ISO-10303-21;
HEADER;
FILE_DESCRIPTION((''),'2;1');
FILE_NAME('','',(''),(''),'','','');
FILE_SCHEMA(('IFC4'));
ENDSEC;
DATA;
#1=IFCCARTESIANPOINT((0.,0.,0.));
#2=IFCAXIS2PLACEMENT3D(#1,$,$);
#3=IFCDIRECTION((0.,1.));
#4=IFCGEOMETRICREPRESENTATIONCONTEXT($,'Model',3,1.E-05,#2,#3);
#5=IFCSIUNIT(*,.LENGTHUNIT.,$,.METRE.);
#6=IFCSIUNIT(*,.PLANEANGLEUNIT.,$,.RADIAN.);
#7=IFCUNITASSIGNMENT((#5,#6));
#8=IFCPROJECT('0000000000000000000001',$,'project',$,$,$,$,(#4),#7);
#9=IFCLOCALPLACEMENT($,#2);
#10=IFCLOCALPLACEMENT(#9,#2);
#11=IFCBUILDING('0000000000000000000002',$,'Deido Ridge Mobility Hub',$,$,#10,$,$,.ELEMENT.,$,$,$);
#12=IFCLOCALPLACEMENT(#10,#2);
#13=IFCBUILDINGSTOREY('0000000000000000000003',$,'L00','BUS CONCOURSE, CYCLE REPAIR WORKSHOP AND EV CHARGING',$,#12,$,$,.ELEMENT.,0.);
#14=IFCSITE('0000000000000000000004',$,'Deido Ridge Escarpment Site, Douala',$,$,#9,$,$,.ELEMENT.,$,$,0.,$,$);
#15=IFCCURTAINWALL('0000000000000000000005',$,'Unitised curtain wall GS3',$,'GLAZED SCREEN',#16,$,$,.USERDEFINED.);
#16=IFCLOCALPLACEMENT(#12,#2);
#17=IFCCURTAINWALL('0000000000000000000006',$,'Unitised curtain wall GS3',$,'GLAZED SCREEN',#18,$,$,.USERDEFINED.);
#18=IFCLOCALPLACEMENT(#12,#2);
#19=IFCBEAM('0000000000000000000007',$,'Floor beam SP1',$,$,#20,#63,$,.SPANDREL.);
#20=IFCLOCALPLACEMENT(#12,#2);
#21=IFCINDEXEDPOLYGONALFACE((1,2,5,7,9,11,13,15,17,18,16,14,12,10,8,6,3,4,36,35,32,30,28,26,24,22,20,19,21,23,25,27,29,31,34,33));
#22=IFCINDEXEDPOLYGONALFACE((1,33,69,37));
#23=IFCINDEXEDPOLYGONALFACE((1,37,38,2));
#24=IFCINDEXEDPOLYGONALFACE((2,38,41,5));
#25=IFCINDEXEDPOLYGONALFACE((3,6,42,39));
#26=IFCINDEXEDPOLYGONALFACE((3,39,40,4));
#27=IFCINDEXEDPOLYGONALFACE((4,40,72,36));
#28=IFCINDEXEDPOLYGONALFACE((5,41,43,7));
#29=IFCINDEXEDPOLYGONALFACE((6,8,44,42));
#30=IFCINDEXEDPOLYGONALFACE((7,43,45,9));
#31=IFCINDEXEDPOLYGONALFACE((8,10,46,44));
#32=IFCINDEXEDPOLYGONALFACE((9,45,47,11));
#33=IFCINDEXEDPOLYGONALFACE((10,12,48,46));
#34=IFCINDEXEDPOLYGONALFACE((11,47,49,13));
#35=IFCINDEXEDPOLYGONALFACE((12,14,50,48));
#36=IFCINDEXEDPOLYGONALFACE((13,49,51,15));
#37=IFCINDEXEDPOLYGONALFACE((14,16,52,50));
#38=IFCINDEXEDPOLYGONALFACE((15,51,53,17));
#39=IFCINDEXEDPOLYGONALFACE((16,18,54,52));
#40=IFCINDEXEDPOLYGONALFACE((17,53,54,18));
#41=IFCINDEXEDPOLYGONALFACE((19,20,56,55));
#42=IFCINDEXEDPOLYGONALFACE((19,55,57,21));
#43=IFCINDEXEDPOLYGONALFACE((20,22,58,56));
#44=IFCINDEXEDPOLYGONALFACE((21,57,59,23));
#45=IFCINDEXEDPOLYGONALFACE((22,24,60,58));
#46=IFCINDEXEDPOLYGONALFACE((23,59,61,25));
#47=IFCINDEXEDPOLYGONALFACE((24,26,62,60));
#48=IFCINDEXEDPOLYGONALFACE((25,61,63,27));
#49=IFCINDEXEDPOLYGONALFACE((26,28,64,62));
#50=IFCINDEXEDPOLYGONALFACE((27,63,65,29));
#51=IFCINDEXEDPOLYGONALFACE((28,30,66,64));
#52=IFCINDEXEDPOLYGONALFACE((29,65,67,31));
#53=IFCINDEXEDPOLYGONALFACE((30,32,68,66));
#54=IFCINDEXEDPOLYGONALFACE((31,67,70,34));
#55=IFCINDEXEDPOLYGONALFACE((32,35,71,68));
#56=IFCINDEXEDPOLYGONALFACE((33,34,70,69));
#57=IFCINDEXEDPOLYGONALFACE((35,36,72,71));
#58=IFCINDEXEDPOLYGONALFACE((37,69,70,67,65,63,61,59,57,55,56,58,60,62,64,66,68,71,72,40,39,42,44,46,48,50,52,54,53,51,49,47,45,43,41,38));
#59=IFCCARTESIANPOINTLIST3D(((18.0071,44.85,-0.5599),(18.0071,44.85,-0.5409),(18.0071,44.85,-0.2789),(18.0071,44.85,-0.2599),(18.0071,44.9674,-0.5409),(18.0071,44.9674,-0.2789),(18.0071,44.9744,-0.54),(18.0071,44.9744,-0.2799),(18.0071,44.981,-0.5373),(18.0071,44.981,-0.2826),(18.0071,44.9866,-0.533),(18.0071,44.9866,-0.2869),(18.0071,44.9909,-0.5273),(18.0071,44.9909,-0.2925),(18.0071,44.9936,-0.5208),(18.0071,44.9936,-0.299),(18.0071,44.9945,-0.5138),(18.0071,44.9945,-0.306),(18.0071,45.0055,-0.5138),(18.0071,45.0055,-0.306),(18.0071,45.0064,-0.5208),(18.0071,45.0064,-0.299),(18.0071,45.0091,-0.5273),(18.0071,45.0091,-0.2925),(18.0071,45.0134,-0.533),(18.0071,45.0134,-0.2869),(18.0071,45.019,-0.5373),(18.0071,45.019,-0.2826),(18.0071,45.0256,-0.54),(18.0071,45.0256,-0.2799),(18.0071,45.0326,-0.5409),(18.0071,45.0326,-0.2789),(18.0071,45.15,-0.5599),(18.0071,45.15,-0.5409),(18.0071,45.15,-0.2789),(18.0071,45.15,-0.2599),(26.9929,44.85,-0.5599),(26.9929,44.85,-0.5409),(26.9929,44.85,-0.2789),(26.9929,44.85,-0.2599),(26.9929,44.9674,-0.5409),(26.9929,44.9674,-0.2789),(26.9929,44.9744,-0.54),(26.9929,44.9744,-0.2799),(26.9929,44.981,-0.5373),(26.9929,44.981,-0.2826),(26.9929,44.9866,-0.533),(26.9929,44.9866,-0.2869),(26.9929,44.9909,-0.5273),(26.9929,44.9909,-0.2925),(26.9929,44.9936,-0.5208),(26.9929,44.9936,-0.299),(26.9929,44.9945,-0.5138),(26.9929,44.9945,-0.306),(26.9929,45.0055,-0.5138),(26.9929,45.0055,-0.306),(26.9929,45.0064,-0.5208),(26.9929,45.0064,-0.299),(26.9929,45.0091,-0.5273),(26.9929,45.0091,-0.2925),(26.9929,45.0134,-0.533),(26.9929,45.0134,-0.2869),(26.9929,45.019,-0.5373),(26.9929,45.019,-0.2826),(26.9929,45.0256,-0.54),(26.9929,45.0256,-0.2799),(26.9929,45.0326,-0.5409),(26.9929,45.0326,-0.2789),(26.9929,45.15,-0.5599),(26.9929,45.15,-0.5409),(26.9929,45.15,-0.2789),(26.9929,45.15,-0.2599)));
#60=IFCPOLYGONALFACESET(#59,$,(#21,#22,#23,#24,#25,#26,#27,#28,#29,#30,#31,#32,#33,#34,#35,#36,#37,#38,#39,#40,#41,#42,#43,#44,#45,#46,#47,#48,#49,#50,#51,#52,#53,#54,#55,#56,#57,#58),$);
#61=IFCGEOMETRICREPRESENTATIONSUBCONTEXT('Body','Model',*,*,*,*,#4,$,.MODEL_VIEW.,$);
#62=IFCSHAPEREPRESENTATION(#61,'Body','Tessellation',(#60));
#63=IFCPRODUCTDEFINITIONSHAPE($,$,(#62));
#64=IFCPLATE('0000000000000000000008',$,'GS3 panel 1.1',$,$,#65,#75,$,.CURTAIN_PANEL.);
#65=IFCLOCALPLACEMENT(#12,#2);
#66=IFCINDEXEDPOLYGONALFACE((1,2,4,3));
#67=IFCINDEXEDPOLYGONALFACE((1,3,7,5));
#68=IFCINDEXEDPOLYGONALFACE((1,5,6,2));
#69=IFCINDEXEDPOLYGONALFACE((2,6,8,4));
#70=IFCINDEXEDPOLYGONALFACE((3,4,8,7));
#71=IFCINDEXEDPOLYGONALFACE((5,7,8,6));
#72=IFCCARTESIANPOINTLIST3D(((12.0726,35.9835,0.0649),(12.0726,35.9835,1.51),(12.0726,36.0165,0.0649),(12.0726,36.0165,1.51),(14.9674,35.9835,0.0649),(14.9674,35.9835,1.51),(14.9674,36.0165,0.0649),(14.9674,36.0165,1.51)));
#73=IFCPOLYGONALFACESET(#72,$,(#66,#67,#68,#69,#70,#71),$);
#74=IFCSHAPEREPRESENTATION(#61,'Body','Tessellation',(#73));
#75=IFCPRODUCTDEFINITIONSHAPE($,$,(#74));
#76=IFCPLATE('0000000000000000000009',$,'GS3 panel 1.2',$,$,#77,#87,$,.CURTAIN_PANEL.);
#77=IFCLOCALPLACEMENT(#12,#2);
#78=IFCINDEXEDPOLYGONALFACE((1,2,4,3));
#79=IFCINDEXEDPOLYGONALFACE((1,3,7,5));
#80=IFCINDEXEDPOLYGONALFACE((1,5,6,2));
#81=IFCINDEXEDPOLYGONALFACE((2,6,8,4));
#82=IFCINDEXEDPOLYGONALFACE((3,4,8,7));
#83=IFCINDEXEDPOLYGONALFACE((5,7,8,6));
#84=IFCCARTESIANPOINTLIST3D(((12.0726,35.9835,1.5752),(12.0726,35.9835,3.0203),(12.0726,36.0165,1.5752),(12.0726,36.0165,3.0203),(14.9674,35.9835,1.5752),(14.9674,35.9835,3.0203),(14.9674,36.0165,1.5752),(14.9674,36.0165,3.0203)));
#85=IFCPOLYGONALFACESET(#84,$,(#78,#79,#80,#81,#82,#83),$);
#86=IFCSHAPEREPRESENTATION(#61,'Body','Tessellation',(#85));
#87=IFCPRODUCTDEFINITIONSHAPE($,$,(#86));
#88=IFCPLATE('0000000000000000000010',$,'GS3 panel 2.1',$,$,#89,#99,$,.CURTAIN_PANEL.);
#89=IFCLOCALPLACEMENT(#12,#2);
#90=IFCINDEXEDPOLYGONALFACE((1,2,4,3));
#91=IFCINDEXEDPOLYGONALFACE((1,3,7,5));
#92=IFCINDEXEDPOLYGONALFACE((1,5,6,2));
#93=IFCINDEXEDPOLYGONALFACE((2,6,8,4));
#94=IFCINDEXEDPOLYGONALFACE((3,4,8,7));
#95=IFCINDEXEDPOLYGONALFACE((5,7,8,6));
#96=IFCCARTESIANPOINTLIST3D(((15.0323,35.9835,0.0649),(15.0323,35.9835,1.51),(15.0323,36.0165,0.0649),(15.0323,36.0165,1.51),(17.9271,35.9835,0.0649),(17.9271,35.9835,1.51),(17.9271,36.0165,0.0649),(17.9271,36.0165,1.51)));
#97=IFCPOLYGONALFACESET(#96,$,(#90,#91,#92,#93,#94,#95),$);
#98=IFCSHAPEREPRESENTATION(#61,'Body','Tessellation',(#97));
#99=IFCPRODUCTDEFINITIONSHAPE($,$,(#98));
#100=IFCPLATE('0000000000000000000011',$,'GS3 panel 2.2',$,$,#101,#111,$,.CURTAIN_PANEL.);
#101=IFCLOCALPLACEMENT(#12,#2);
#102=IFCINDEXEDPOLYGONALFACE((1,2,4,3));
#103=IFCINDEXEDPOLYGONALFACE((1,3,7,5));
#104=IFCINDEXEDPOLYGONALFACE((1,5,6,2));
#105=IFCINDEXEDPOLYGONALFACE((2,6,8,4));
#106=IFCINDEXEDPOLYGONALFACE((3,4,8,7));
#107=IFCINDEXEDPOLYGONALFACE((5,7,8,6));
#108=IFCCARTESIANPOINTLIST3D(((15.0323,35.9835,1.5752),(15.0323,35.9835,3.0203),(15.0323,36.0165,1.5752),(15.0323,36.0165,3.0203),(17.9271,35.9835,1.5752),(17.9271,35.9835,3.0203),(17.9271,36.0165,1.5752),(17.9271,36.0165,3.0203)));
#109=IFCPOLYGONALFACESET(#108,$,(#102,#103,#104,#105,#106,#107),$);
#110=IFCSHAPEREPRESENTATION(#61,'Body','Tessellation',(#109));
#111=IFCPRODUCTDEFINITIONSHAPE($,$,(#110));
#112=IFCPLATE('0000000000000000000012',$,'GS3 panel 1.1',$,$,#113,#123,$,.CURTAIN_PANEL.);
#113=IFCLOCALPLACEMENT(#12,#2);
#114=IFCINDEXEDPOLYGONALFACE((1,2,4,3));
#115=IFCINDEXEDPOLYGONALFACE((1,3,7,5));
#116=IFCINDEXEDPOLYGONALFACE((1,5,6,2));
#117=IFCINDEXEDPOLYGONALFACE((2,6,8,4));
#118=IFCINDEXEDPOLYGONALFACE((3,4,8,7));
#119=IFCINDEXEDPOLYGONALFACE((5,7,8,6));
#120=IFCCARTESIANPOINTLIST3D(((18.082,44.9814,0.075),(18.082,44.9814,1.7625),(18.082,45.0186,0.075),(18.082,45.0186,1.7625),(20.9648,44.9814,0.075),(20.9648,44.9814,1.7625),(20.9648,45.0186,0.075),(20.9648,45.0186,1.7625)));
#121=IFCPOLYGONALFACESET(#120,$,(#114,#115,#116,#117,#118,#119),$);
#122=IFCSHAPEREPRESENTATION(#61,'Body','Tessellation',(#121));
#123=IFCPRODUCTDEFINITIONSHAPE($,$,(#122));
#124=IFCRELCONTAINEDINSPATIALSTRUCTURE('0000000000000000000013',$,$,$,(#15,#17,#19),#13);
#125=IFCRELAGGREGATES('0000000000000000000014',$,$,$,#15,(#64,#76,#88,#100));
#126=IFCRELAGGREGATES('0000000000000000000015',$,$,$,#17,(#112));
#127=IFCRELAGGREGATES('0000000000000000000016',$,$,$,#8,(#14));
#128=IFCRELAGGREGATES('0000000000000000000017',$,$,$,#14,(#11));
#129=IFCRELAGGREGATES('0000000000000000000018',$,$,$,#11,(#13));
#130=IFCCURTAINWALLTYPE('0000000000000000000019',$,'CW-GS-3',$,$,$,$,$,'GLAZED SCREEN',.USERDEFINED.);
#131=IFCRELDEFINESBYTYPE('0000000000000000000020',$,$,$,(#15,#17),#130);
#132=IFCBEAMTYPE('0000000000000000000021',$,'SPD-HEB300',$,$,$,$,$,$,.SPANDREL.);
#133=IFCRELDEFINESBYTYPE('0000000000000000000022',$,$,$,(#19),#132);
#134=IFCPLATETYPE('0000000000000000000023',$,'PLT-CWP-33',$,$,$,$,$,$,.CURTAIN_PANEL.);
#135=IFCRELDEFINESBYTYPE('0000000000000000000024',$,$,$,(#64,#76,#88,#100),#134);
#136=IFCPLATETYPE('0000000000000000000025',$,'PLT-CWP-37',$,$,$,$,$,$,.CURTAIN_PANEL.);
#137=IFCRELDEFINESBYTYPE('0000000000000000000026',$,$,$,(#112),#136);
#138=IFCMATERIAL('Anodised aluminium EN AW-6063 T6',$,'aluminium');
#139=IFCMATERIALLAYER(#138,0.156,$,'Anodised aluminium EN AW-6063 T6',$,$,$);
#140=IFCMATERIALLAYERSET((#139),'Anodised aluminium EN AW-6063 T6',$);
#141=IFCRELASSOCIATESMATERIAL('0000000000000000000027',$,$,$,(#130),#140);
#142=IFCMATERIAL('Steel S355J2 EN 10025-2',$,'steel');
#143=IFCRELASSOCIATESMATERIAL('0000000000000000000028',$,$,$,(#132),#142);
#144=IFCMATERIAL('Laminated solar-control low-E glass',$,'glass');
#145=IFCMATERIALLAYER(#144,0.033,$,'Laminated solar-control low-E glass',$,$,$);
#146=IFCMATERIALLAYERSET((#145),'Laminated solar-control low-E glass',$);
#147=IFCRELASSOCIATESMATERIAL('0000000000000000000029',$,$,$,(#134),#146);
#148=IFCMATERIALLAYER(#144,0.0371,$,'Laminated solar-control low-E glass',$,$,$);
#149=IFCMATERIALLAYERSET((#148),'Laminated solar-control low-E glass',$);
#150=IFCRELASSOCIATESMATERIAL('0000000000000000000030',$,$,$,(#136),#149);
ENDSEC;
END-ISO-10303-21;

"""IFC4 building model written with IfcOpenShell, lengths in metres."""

from ifc_helpers import new_model, si_unit, direction, frame, origin, origin_2d, place, context, subcontext, project, spatial, rectangle, i_section, extrude, material, layer, layer_set, material_profile, profile_set, type_object, element, aggregate, save


model = new_model("IFC4")

# Units and contexts
model_context = context("Model", 3, precision=1e-05, world=origin(), true_north=direction((0.0, 1.0)))
body_context = subcontext(model_context, "Body", "Model", "MODEL_VIEW")
ifc_project = project(units=[si_unit("LENGTHUNIT", "METRE"), si_unit("PLANEANGLEUNIT", "RADIAN")], contexts=[model_context])

# Site, building, storey
site_placement = place(None, origin())
site = spatial("IfcSite", under=ifc_project, at=site_placement, Name="Deido Ridge Escarpment Site, Douala", CompositionType="ELEMENT", RefElevation=0.0)
building_placement = place(site_placement, origin())
building = spatial("IfcBuilding", under=site, at=building_placement, Name="Deido Ridge Mobility Hub", CompositionType="ELEMENT")
storey_placement = place(building_placement, origin())
storey = spatial("IfcBuildingStorey", under=building, at=storey_placement, Name="L00", Description="BUS CONCOURSE, CYCLE REPAIR WORKSHOP AND EV CHARGING", CompositionType="ELEMENT", Elevation=0.0)

# Shared definitions
ifc_material_1 = material(Name="Steel S355J2 EN 10025-2", Category="steel")

# Curtain wall
ifc_material_2 = material(Name="Anodised aluminium EN AW-6063 T6", Category="aluminium")
ifc_layer_1 = layer(ifc_material_2, 0.156, Name="Anodised aluminium EN AW-6063 T6")
ifc_layer_set_1 = layer_set([ifc_layer_1], Name="Anodised aluminium EN AW-6063 T6")
curtain_wall_type = type_object("IfcCurtainWallType", Name="CW-GS-3", ElementType="GLAZED SCREEN", PredefinedType="USERDEFINED", material=ifc_layer_set_1)
curtain_wall_1_placement = place(storey_placement, origin())
curtain_wall_1 = element("IfcCurtainWall", 1, at=curtain_wall_1_placement, inside=storey, type_object=curtain_wall_type, Name="Unitised curtain wall GS3", ObjectType="GLAZED SCREEN", PredefinedType="USERDEFINED")

# Curtain wall
curtain_wall_2_placement = place(storey_placement, origin())
curtain_wall_2 = element("IfcCurtainWall", 2, at=curtain_wall_2_placement, inside=storey, type_object=curtain_wall_type, Name="Unitised curtain wall GS3", ObjectType="GLAZED SCREEN", PredefinedType="USERDEFINED")

# Beam
ifc_material_profile_1 = material_profile(ifc_material_1, i_section(OverallWidth=0.3, OverallDepth=0.3, WebThickness=0.011, FlangeThickness=0.019, FilletRadius=0.0271, at=origin_2d()), Name="HEB 300")
ifc_profile_set_1 = profile_set([ifc_material_profile_1], Name="Steel S355J2 EN 10025-2")
beam_type_1 = type_object("IfcBeamType", Name="SPD-HEB300", PredefinedType="SPANDREL", material=ifc_profile_set_1)
beam_1_placement = place(storey_placement, frame((18.0071, 45.0, -0.4099), z_axis=(1.0, 0.0, 0.0), x_axis=(0.0, 1.0, 0.0)))
element("IfcBeam", 3, at=beam_1_placement, inside=storey, type_object=beam_type_1, Name="Floor beam SP1", PredefinedType="SPANDREL", context=body_context, shape_type="SweptSolid", body=[
    extrude(i_section(OverallWidth=0.3, OverallDepth=0.3, WebThickness=0.011, FlangeThickness=0.019, FilletRadius=0.0271, at=origin_2d()), origin(), (0.0, 0.0, 1.0), 8.9858),
])

# Plates
ifc_material_3 = material(Name="Laminated solar-control low-E glass", Category="glass")
ifc_layer_2 = layer(ifc_material_3, 0.033, Name="Laminated solar-control low-E glass")
ifc_layer_set_2 = layer_set([ifc_layer_2], Name="Laminated solar-control low-E glass")
plate_type_1 = type_object("IfcPlateType", Name="PLT-CWP-33", PredefinedType="CURTAIN_PANEL", material=ifc_layer_set_2)
plate_1_placement = place(storey_placement, frame((13.52, 36.0, 0.0649), z_axis=(0.0, 0.0, 1.0), x_axis=(1.0, 0.0, 0.0)))
plate_1 = element("IfcPlate", 4, at=plate_1_placement, type_object=plate_type_1, Name="GS3 panel 1.1", PredefinedType="CURTAIN_PANEL", context=body_context, shape_type="SweptSolid", body=[
    extrude(rectangle(XDim=2.8948, YDim=0.033, at=origin_2d()), origin(), (0.0, 0.0, 1.0), 1.4451),
])
plate_2_placement = place(storey_placement, frame((13.52, 36.0, 1.5752), z_axis=(0.0, 0.0, 1.0), x_axis=(1.0, 0.0, 0.0)))
plate_2 = element("IfcPlate", 5, at=plate_2_placement, type_object=plate_type_1, Name="GS3 panel 1.2", PredefinedType="CURTAIN_PANEL", context=body_context, shape_type="SweptSolid", body=[
    extrude(rectangle(XDim=2.8948, YDim=0.033, at=origin_2d()), origin(), (0.0, 0.0, 1.0), 1.4451),
])
plate_3_placement = place(storey_placement, frame((16.4797, 36.0, 0.0649), z_axis=(0.0, 0.0, 1.0), x_axis=(1.0, 0.0, 0.0)))
plate_3 = element("IfcPlate", 6, at=plate_3_placement, type_object=plate_type_1, Name="GS3 panel 2.1", PredefinedType="CURTAIN_PANEL", context=body_context, shape_type="SweptSolid", body=[
    extrude(rectangle(XDim=2.8948, YDim=0.033, at=origin_2d()), origin(), (0.0, 0.0, 1.0), 1.4451),
])
plate_4_placement = place(storey_placement, frame((16.4797, 36.0, 1.5752), z_axis=(0.0, 0.0, 1.0), x_axis=(1.0, 0.0, 0.0)))
plate_4 = element("IfcPlate", 7, at=plate_4_placement, type_object=plate_type_1, Name="GS3 panel 2.2", PredefinedType="CURTAIN_PANEL", context=body_context, shape_type="SweptSolid", body=[
    extrude(rectangle(XDim=2.8948, YDim=0.033, at=origin_2d()), origin(), (0.0, 0.0, 1.0), 1.4451),
])
aggregate(curtain_wall_1, [plate_1, plate_2, plate_3, plate_4])
ifc_layer_3 = layer(ifc_material_3, 0.0371, Name="Laminated solar-control low-E glass")
ifc_layer_set_3 = layer_set([ifc_layer_3], Name="Laminated solar-control low-E glass")
plate_type_2 = type_object("IfcPlateType", Name="PLT-CWP-37", PredefinedType="CURTAIN_PANEL", material=ifc_layer_set_3)
plate_5_placement = place(storey_placement, frame((19.5234, 45.0, 0.075), z_axis=(0.0, 0.0, 1.0), x_axis=(1.0, 0.0, 0.0)))
plate_5 = element("IfcPlate", 8, at=plate_5_placement, type_object=plate_type_2, Name="GS3 panel 1.1", PredefinedType="CURTAIN_PANEL", context=body_context, shape_type="SweptSolid", body=[
    extrude(rectangle(XDim=2.8828, YDim=0.0371, at=origin_2d()), origin(), (0.0, 0.0, 1.0), 1.6875),
])
aggregate(curtain_wall_2, [plate_5])

save(model, "model.ifc")
